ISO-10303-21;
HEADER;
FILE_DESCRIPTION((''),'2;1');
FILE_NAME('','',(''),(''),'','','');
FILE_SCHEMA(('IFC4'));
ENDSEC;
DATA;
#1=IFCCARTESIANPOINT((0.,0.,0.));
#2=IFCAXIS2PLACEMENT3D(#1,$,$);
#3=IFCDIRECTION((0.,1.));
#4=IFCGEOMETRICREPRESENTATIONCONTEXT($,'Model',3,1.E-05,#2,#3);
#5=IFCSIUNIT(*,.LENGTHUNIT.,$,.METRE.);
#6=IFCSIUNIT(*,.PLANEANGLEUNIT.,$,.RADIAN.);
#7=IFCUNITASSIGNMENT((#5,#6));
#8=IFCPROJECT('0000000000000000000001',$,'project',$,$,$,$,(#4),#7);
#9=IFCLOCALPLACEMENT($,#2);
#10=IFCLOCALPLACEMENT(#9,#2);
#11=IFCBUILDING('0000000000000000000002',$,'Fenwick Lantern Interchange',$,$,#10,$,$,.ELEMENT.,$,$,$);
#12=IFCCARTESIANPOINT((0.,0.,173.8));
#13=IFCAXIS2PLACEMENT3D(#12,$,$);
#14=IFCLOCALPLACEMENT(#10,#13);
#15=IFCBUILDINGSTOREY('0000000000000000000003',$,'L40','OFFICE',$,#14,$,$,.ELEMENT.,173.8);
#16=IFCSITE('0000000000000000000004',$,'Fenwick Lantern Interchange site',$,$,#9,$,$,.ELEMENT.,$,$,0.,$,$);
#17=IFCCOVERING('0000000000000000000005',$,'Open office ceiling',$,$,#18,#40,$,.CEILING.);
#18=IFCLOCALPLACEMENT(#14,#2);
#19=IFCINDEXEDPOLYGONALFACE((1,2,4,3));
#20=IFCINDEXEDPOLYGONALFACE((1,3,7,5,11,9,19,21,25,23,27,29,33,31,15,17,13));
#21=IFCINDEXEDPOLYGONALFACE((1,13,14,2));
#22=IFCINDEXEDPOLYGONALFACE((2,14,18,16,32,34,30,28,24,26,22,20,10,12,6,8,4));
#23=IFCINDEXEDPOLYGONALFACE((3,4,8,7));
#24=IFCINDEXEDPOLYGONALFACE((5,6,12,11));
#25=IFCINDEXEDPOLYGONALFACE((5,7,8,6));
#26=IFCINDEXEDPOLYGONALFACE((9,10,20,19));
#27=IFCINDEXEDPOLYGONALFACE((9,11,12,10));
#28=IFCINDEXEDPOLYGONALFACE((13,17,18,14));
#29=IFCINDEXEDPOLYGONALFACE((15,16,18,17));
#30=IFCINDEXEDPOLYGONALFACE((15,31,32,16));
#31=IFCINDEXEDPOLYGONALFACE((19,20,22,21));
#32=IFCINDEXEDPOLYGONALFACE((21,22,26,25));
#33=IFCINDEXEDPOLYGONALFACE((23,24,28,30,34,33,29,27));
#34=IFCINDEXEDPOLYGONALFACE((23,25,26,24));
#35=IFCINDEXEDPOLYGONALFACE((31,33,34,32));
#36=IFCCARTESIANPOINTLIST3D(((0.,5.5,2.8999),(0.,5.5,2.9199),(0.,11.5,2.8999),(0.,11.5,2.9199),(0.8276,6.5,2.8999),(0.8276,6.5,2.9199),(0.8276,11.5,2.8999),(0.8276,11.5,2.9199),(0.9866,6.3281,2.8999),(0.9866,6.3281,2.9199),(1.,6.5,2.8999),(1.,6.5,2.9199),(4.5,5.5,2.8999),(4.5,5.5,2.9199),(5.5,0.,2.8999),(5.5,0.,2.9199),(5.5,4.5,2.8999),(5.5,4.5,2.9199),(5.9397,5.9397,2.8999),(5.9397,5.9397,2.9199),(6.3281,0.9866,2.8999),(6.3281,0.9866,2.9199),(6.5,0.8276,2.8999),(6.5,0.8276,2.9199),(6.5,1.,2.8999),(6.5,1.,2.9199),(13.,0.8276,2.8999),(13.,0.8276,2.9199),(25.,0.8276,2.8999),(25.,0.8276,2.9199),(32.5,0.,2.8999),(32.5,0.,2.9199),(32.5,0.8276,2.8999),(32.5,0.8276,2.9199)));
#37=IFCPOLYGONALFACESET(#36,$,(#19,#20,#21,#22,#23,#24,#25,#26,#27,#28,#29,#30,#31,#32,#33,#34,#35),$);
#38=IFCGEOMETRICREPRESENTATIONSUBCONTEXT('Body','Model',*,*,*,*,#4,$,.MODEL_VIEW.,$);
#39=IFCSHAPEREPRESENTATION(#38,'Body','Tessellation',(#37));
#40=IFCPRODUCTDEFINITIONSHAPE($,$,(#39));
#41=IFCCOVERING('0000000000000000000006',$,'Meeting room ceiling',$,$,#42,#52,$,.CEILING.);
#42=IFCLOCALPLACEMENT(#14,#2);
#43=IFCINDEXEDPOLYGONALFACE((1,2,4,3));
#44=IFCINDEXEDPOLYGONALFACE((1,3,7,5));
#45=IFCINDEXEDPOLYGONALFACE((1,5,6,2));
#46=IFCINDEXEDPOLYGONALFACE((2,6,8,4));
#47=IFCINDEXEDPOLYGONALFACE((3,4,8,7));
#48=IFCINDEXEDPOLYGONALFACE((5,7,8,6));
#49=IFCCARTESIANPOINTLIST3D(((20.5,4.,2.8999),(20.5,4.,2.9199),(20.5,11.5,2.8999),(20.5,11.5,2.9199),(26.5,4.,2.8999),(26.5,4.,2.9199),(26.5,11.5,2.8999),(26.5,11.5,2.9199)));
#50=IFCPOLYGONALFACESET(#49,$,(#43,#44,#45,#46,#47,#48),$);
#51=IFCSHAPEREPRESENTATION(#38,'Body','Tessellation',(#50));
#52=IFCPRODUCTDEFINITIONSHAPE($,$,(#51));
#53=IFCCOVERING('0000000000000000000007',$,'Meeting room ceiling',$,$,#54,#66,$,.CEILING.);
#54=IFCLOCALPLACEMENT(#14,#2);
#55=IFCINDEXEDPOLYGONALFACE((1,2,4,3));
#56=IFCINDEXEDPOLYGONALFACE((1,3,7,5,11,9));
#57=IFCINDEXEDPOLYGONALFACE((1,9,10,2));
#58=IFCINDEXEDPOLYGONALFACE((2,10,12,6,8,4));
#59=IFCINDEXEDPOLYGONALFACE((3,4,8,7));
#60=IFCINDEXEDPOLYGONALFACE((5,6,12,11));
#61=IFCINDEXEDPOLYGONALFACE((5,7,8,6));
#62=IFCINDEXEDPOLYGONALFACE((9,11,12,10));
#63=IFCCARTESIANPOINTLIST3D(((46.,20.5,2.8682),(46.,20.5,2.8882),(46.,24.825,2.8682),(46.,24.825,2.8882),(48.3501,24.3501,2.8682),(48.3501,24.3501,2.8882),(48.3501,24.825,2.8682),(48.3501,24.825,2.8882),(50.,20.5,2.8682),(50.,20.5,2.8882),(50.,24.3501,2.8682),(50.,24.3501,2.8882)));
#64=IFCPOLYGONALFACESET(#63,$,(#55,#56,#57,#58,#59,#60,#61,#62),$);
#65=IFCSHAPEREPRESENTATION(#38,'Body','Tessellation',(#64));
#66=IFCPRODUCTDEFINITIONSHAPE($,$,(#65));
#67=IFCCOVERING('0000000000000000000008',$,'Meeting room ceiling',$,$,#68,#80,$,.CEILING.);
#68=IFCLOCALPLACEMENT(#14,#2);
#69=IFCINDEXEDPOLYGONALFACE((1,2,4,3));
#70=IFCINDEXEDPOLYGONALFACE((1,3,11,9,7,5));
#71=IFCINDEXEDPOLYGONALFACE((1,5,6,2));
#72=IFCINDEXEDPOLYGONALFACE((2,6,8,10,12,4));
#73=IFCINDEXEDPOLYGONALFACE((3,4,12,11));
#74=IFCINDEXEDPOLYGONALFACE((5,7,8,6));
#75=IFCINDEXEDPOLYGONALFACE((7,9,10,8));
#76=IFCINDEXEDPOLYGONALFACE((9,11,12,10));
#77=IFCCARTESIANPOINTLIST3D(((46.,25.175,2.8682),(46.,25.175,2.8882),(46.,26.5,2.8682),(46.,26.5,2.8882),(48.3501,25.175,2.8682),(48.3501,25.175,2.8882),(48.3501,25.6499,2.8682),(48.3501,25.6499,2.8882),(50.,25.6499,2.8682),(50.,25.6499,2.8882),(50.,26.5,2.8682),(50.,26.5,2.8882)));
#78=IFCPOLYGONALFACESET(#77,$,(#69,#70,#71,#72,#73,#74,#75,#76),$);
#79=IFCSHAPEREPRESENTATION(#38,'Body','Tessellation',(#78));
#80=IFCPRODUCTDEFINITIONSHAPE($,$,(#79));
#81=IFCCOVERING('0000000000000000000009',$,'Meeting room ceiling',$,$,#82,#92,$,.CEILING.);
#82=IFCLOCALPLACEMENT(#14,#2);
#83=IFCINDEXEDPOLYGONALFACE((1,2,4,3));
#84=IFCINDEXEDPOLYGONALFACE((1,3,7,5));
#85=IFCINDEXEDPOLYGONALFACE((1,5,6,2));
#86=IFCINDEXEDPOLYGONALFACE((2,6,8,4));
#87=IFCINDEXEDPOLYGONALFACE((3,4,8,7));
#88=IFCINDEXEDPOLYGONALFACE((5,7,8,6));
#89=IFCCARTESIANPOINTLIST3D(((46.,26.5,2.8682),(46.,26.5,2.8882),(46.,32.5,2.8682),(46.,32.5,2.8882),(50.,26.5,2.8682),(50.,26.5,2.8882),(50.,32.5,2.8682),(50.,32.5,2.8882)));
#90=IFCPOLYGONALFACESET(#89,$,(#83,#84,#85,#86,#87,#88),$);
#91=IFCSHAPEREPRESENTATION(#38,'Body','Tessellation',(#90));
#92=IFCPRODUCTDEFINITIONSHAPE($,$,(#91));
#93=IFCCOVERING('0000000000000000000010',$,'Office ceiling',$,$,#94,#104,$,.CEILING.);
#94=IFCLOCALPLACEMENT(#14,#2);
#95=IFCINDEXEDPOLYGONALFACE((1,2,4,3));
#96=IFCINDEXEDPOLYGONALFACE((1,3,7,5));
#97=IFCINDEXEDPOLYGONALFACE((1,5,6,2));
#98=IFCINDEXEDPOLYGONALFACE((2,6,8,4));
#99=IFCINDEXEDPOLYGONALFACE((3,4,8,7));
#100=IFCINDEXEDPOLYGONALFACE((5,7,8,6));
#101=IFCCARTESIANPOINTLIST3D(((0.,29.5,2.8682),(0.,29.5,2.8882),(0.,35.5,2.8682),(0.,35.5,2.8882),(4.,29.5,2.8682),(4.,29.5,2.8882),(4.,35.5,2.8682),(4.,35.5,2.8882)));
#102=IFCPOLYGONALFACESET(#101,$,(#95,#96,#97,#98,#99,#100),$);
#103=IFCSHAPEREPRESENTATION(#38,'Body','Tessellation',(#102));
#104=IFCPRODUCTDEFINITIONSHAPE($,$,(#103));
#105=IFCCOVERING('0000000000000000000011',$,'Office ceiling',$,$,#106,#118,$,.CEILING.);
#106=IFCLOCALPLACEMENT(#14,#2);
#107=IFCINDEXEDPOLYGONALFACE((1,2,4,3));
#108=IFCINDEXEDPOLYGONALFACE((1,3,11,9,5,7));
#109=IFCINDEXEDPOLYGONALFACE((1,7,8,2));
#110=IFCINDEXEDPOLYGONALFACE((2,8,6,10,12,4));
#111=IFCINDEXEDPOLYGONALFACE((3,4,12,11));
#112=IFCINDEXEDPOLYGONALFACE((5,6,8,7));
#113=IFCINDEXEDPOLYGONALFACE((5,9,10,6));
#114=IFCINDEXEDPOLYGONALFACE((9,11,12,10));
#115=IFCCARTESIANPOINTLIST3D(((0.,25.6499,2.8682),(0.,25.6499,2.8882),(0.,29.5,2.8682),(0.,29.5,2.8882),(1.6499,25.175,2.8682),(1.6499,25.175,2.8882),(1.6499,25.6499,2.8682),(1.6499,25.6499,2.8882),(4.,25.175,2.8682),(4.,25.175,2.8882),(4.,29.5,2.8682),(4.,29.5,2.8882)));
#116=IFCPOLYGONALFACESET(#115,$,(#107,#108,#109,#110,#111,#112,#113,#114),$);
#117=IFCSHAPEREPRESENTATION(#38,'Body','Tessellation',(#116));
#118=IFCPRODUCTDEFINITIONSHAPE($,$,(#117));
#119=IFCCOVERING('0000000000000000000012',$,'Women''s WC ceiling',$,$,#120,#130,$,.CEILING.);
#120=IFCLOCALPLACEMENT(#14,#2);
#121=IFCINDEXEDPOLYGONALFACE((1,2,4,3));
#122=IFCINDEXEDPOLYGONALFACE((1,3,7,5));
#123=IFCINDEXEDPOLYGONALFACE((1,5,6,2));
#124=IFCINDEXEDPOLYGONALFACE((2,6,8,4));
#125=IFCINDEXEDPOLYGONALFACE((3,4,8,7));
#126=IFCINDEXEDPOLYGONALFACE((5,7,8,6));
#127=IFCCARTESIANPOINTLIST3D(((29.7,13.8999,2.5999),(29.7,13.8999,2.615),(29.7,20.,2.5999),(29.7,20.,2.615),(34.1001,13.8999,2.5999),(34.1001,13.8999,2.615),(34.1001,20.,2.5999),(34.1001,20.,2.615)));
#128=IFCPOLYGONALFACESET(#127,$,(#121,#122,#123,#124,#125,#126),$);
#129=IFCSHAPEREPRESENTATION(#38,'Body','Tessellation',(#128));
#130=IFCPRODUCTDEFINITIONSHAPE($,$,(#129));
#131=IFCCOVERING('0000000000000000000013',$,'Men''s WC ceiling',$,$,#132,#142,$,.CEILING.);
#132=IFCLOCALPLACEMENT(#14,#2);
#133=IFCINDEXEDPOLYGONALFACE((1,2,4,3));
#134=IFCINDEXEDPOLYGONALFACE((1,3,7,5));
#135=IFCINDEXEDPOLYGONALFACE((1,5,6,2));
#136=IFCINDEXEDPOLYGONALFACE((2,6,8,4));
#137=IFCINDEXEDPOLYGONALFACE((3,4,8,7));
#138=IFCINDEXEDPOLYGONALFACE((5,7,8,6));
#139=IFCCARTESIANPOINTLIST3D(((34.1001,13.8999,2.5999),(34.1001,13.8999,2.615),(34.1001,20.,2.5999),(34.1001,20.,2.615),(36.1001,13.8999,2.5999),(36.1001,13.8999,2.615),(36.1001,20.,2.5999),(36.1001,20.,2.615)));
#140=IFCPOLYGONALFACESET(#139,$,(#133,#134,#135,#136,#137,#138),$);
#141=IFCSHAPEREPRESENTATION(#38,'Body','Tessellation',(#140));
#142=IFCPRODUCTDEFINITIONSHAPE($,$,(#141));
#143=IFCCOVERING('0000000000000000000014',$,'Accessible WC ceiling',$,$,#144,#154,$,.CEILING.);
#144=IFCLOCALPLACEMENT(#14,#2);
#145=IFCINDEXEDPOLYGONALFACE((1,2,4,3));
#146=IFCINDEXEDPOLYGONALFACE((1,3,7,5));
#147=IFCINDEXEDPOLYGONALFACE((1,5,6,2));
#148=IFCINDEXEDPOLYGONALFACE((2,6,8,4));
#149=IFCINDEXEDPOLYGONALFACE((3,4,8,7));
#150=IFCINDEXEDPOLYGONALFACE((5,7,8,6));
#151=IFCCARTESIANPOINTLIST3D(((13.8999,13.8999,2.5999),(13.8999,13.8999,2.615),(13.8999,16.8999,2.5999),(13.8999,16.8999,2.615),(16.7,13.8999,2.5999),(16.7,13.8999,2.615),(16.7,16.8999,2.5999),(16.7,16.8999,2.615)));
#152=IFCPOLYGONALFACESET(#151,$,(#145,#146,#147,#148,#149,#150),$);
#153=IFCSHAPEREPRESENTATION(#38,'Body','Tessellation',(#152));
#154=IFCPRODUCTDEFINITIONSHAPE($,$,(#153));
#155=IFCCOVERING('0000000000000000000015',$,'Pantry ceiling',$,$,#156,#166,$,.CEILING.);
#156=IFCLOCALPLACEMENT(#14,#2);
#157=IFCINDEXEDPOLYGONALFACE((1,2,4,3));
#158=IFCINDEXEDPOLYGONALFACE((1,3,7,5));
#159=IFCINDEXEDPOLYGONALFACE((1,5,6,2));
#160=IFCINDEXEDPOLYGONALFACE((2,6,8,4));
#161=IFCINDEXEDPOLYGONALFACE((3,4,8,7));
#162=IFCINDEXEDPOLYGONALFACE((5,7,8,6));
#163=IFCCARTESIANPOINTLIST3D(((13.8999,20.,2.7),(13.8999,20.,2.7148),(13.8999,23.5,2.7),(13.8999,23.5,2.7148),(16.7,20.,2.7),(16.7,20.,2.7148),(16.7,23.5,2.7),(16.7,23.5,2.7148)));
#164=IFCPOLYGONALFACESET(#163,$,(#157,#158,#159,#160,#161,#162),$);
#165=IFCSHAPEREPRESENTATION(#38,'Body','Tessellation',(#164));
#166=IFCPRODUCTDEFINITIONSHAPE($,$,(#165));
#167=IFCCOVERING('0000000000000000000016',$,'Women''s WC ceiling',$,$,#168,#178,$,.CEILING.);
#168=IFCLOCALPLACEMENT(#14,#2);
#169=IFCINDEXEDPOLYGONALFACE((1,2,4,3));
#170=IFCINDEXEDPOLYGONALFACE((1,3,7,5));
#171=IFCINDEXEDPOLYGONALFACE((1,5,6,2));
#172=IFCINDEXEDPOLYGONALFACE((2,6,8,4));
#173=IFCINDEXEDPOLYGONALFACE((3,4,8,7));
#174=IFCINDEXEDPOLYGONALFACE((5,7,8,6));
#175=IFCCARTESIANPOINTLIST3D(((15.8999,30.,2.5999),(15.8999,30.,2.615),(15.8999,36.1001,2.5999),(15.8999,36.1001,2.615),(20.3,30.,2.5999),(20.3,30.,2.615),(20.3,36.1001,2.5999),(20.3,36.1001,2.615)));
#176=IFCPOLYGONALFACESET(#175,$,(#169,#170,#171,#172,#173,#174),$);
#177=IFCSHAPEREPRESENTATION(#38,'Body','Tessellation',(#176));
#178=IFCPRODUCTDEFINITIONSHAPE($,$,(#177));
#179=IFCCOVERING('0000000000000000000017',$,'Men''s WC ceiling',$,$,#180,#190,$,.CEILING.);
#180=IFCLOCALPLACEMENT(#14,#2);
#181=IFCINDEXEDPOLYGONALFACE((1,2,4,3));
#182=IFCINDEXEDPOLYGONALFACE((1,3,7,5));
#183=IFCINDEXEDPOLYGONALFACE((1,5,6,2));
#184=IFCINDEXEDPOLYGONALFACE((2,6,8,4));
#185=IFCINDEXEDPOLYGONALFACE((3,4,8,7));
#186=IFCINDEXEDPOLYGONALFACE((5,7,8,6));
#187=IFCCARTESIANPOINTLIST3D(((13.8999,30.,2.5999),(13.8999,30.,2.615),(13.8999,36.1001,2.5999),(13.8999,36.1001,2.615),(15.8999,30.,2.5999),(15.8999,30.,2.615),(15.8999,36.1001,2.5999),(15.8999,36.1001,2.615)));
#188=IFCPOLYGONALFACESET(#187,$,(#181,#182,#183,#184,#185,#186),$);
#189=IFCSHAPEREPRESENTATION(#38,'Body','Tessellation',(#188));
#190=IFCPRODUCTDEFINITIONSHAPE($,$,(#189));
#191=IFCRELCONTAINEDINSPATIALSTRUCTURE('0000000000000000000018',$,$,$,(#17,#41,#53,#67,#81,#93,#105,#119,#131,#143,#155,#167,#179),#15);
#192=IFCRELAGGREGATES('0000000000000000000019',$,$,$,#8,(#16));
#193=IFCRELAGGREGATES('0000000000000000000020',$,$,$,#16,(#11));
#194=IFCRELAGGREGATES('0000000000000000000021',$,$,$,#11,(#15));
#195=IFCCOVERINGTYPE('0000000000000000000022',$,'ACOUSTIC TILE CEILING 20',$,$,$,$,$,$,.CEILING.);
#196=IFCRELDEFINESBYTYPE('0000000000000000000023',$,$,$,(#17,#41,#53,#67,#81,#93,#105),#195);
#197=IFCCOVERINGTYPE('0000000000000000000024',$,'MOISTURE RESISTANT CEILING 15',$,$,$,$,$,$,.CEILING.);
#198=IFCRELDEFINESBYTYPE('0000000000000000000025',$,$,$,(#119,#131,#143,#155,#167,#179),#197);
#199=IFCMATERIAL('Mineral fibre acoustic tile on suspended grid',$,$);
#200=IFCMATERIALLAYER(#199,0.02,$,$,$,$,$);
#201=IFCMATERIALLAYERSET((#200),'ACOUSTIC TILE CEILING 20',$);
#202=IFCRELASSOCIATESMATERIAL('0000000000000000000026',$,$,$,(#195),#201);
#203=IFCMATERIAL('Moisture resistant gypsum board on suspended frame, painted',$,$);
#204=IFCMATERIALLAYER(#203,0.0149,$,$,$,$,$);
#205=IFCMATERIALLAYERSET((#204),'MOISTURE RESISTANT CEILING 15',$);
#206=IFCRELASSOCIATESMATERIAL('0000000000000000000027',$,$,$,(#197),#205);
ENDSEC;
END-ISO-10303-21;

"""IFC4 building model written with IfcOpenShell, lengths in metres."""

from ifc_helpers import new_model, si_unit, direction, frame, origin, place, context, subcontext, project, spatial, polyline, outline, extrude, material, layer, layer_set, type_object, element, save


model = new_model("IFC4")

# Units and contexts
model_context = context("Model", 3, precision=1e-05, world=origin(), true_north=direction((0.0, 1.0)))
body_context = subcontext(model_context, "Body", "Model", "MODEL_VIEW")
ifc_project = project(units=[si_unit("LENGTHUNIT", "METRE"), si_unit("PLANEANGLEUNIT", "RADIAN")], contexts=[model_context])

# Site, building, storey
site_placement = place(None, origin())
site = spatial("IfcSite", under=ifc_project, at=site_placement, Name="Fenwick Lantern Interchange site", CompositionType="ELEMENT", RefElevation=0.0)
building_placement = place(site_placement, origin())
building = spatial("IfcBuilding", under=site, at=building_placement, Name="Fenwick Lantern Interchange", CompositionType="ELEMENT")
storey_placement = place(building_placement, frame((0.0, 0.0, 173.8)))
storey = spatial("IfcBuildingStorey", under=building, at=storey_placement, Name="L40", Description="OFFICE", CompositionType="ELEMENT", Elevation=173.8)

# Coverings
ifc_material_1 = material(Name="Mineral fibre acoustic tile on suspended grid")
ifc_layer_1 = layer(ifc_material_1, 0.02)
ifc_layer_set_1 = layer_set([ifc_layer_1], Name="ACOUSTIC TILE CEILING 20")
covering_type_1 = type_object("IfcCoveringType", Name="ACOUSTIC TILE CEILING 20", PredefinedType="CEILING", material=ifc_layer_set_1)
covering_1_placement = place(storey_placement, frame((0.0, 0.0, 2.8999)))
element("IfcCovering", 1, at=covering_1_placement, inside=storey, type_object=covering_type_1, Name="Open office ceiling", PredefinedType="CEILING", context=body_context, shape_type="SweptSolid", body=[
    extrude(outline(polyline([(32.5, 0.0), (32.5, 0.8276), (25.0, 0.8276), (13.0, 0.8276), (6.5, 0.8276), (6.5, 1.0), (6.3281, 0.9866), (5.9397, 5.9397), (0.9866, 6.3281), (1.0, 6.5), (0.8276, 6.5), (0.8276, 11.5), (0.0, 11.5), (0.0, 5.5), (4.5, 5.5), (5.5, 4.5), (5.5, 0.0), (32.5, 0.0)])), origin(), (0.0, 0.0, 1.0), 0.02),
])
covering_2_placement = place(storey_placement, frame((0.0, 0.0, 2.8999)))
element("IfcCovering", 2, at=covering_2_placement, inside=storey, type_object=covering_type_1, Name="Meeting room ceiling", PredefinedType="CEILING", context=body_context, shape_type="SweptSolid", body=[
    extrude(outline(polyline([(20.5, 4.0), (26.5, 4.0), (26.5, 11.5), (20.5, 11.5), (20.5, 4.0)])), origin(), (0.0, 0.0, 1.0), 0.02),
])
covering_3_placement = place(storey_placement, frame((0.0, 0.0, 2.8682)))
element("IfcCovering", 3, at=covering_3_placement, inside=storey, type_object=covering_type_1, Name="Meeting room ceiling", PredefinedType="CEILING", context=body_context, shape_type="SweptSolid", body=[
    extrude(outline(polyline([(46.0, 20.5), (50.0, 20.5), (50.0, 24.3501), (48.3501, 24.3501), (48.3501, 24.825), (46.0, 24.825), (46.0, 20.5)])), origin(), (0.0, 0.0, 1.0), 0.02),
])
covering_4_placement = place(storey_placement, frame((0.0, 0.0, 2.8682)))
element("IfcCovering", 4, at=covering_4_placement, inside=storey, type_object=covering_type_1, Name="Meeting room ceiling", PredefinedType="CEILING", context=body_context, shape_type="SweptSolid", body=[
    extrude(outline(polyline([(46.0, 26.5), (46.0, 25.175), (48.3501, 25.175), (48.3501, 25.6499), (50.0, 25.6499), (50.0, 26.5), (46.0, 26.5)])), origin(), (0.0, 0.0, 1.0), 0.02),
])
covering_5_placement = place(storey_placement, frame((0.0, 0.0, 2.8682)))
element("IfcCovering", 5, at=covering_5_placement, inside=storey, type_object=covering_type_1, Name="Meeting room ceiling", PredefinedType="CEILING", context=body_context, shape_type="SweptSolid", body=[
    extrude(outline(polyline([(50.0, 26.5), (50.0, 32.5), (46.0, 32.5), (46.0, 26.5), (50.0, 26.5)])), origin(), (0.0, 0.0, 1.0), 0.02),
])
covering_6_placement = place(storey_placement, frame((0.0, 0.0, 2.8682)))
element("IfcCovering", 6, at=covering_6_placement, inside=storey, type_object=covering_type_1, Name="Office ceiling", PredefinedType="CEILING", context=body_context, shape_type="SweptSolid", body=[
    extrude(outline(polyline([(0.0, 35.5), (0.0, 29.5), (4.0, 29.5), (4.0, 35.5), (0.0, 35.5)])), origin(), (0.0, 0.0, 1.0), 0.02),
])
covering_7_placement = place(storey_placement, frame((0.0, 0.0, 2.8682)))
element("IfcCovering", 7, at=covering_7_placement, inside=storey, type_object=covering_type_1, Name="Office ceiling", PredefinedType="CEILING", context=body_context, shape_type="SweptSolid", body=[
    extrude(outline(polyline([(4.0, 29.5), (0.0, 29.5), (0.0, 25.6499), (1.6499, 25.6499), (1.6499, 25.175), (4.0, 25.175), (4.0, 29.5)])), origin(), (0.0, 0.0, 1.0), 0.02),
])
ifc_material_2 = material(Name="Moisture resistant gypsum board on suspended frame, painted")
ifc_layer_2 = layer(ifc_material_2, 0.0149)
ifc_layer_set_2 = layer_set([ifc_layer_2], Name="MOISTURE RESISTANT CEILING 15")
covering_type_2 = type_object("IfcCoveringType", Name="MOISTURE RESISTANT CEILING 15", PredefinedType="CEILING", material=ifc_layer_set_2)
covering_8_placement = place(storey_placement, frame((0.0, 0.0, 2.5999)))
element("IfcCovering", 8, at=covering_8_placement, inside=storey, type_object=covering_type_2, Name="Women's WC ceiling", PredefinedType="CEILING", context=body_context, shape_type="SweptSolid", body=[
    extrude(outline(polyline([(29.7, 13.8999), (34.1001, 13.8999), (34.1001, 20.0), (29.7, 20.0), (29.7, 13.8999)])), origin(), (0.0, 0.0, 1.0), 0.0151),
])
covering_9_placement = place(storey_placement, frame((0.0, 0.0, 2.5999)))
element("IfcCovering", 9, at=covering_9_placement, inside=storey, type_object=covering_type_2, Name="Men's WC ceiling", PredefinedType="CEILING", context=body_context, shape_type="SweptSolid", body=[
    extrude(outline(polyline([(34.1001, 13.8999), (36.1001, 13.8999), (36.1001, 20.0), (34.1001, 20.0), (34.1001, 13.8999)])), origin(), (0.0, 0.0, 1.0), 0.0151),
])
covering_10_placement = place(storey_placement, frame((0.0, 0.0, 2.5999)))
element("IfcCovering", 10, at=covering_10_placement, inside=storey, type_object=covering_type_2, Name="Accessible WC ceiling", PredefinedType="CEILING", context=body_context, shape_type="SweptSolid", body=[
    extrude(outline(polyline([(13.8999, 13.8999), (16.7, 13.8999), (16.7, 16.8999), (13.8999, 16.8999), (13.8999, 13.8999)])), origin(), (0.0, 0.0, 1.0), 0.0151),
])
covering_11_placement = place(storey_placement, frame((0.0, 0.0, 2.7)))
element("IfcCovering", 11, at=covering_11_placement, inside=storey, type_object=covering_type_2, Name="Pantry ceiling", PredefinedType="CEILING", context=body_context, shape_type="SweptSolid", body=[
    extrude(outline(polyline([(13.8999, 20.0), (16.7, 20.0), (16.7, 23.5), (13.8999, 23.5), (13.8999, 20.0)])), origin(), (0.0, 0.0, 1.0), 0.0149),
])
covering_12_placement = place(storey_placement, frame((0.0, 0.0, 2.5999)))
element("IfcCovering", 12, at=covering_12_placement, inside=storey, type_object=covering_type_2, Name="Women's WC ceiling", PredefinedType="CEILING", context=body_context, shape_type="SweptSolid", body=[
    extrude(outline(polyline([(20.3, 36.1001), (15.8999, 36.1001), (15.8999, 30.0), (20.3, 30.0), (20.3, 36.1001)])), origin(), (0.0, 0.0, 1.0), 0.0151),
])
covering_13_placement = place(storey_placement, frame((0.0, 0.0, 2.5999)))
element("IfcCovering", 13, at=covering_13_placement, inside=storey, type_object=covering_type_2, Name="Men's WC ceiling", PredefinedType="CEILING", context=body_context, shape_type="SweptSolid", body=[
    extrude(outline(polyline([(15.8999, 36.1001), (13.8999, 36.1001), (13.8999, 30.0), (15.8999, 30.0), (15.8999, 36.1001)])), origin(), (0.0, 0.0, 1.0), 0.0151),
])

save(model, "model.ifc")
